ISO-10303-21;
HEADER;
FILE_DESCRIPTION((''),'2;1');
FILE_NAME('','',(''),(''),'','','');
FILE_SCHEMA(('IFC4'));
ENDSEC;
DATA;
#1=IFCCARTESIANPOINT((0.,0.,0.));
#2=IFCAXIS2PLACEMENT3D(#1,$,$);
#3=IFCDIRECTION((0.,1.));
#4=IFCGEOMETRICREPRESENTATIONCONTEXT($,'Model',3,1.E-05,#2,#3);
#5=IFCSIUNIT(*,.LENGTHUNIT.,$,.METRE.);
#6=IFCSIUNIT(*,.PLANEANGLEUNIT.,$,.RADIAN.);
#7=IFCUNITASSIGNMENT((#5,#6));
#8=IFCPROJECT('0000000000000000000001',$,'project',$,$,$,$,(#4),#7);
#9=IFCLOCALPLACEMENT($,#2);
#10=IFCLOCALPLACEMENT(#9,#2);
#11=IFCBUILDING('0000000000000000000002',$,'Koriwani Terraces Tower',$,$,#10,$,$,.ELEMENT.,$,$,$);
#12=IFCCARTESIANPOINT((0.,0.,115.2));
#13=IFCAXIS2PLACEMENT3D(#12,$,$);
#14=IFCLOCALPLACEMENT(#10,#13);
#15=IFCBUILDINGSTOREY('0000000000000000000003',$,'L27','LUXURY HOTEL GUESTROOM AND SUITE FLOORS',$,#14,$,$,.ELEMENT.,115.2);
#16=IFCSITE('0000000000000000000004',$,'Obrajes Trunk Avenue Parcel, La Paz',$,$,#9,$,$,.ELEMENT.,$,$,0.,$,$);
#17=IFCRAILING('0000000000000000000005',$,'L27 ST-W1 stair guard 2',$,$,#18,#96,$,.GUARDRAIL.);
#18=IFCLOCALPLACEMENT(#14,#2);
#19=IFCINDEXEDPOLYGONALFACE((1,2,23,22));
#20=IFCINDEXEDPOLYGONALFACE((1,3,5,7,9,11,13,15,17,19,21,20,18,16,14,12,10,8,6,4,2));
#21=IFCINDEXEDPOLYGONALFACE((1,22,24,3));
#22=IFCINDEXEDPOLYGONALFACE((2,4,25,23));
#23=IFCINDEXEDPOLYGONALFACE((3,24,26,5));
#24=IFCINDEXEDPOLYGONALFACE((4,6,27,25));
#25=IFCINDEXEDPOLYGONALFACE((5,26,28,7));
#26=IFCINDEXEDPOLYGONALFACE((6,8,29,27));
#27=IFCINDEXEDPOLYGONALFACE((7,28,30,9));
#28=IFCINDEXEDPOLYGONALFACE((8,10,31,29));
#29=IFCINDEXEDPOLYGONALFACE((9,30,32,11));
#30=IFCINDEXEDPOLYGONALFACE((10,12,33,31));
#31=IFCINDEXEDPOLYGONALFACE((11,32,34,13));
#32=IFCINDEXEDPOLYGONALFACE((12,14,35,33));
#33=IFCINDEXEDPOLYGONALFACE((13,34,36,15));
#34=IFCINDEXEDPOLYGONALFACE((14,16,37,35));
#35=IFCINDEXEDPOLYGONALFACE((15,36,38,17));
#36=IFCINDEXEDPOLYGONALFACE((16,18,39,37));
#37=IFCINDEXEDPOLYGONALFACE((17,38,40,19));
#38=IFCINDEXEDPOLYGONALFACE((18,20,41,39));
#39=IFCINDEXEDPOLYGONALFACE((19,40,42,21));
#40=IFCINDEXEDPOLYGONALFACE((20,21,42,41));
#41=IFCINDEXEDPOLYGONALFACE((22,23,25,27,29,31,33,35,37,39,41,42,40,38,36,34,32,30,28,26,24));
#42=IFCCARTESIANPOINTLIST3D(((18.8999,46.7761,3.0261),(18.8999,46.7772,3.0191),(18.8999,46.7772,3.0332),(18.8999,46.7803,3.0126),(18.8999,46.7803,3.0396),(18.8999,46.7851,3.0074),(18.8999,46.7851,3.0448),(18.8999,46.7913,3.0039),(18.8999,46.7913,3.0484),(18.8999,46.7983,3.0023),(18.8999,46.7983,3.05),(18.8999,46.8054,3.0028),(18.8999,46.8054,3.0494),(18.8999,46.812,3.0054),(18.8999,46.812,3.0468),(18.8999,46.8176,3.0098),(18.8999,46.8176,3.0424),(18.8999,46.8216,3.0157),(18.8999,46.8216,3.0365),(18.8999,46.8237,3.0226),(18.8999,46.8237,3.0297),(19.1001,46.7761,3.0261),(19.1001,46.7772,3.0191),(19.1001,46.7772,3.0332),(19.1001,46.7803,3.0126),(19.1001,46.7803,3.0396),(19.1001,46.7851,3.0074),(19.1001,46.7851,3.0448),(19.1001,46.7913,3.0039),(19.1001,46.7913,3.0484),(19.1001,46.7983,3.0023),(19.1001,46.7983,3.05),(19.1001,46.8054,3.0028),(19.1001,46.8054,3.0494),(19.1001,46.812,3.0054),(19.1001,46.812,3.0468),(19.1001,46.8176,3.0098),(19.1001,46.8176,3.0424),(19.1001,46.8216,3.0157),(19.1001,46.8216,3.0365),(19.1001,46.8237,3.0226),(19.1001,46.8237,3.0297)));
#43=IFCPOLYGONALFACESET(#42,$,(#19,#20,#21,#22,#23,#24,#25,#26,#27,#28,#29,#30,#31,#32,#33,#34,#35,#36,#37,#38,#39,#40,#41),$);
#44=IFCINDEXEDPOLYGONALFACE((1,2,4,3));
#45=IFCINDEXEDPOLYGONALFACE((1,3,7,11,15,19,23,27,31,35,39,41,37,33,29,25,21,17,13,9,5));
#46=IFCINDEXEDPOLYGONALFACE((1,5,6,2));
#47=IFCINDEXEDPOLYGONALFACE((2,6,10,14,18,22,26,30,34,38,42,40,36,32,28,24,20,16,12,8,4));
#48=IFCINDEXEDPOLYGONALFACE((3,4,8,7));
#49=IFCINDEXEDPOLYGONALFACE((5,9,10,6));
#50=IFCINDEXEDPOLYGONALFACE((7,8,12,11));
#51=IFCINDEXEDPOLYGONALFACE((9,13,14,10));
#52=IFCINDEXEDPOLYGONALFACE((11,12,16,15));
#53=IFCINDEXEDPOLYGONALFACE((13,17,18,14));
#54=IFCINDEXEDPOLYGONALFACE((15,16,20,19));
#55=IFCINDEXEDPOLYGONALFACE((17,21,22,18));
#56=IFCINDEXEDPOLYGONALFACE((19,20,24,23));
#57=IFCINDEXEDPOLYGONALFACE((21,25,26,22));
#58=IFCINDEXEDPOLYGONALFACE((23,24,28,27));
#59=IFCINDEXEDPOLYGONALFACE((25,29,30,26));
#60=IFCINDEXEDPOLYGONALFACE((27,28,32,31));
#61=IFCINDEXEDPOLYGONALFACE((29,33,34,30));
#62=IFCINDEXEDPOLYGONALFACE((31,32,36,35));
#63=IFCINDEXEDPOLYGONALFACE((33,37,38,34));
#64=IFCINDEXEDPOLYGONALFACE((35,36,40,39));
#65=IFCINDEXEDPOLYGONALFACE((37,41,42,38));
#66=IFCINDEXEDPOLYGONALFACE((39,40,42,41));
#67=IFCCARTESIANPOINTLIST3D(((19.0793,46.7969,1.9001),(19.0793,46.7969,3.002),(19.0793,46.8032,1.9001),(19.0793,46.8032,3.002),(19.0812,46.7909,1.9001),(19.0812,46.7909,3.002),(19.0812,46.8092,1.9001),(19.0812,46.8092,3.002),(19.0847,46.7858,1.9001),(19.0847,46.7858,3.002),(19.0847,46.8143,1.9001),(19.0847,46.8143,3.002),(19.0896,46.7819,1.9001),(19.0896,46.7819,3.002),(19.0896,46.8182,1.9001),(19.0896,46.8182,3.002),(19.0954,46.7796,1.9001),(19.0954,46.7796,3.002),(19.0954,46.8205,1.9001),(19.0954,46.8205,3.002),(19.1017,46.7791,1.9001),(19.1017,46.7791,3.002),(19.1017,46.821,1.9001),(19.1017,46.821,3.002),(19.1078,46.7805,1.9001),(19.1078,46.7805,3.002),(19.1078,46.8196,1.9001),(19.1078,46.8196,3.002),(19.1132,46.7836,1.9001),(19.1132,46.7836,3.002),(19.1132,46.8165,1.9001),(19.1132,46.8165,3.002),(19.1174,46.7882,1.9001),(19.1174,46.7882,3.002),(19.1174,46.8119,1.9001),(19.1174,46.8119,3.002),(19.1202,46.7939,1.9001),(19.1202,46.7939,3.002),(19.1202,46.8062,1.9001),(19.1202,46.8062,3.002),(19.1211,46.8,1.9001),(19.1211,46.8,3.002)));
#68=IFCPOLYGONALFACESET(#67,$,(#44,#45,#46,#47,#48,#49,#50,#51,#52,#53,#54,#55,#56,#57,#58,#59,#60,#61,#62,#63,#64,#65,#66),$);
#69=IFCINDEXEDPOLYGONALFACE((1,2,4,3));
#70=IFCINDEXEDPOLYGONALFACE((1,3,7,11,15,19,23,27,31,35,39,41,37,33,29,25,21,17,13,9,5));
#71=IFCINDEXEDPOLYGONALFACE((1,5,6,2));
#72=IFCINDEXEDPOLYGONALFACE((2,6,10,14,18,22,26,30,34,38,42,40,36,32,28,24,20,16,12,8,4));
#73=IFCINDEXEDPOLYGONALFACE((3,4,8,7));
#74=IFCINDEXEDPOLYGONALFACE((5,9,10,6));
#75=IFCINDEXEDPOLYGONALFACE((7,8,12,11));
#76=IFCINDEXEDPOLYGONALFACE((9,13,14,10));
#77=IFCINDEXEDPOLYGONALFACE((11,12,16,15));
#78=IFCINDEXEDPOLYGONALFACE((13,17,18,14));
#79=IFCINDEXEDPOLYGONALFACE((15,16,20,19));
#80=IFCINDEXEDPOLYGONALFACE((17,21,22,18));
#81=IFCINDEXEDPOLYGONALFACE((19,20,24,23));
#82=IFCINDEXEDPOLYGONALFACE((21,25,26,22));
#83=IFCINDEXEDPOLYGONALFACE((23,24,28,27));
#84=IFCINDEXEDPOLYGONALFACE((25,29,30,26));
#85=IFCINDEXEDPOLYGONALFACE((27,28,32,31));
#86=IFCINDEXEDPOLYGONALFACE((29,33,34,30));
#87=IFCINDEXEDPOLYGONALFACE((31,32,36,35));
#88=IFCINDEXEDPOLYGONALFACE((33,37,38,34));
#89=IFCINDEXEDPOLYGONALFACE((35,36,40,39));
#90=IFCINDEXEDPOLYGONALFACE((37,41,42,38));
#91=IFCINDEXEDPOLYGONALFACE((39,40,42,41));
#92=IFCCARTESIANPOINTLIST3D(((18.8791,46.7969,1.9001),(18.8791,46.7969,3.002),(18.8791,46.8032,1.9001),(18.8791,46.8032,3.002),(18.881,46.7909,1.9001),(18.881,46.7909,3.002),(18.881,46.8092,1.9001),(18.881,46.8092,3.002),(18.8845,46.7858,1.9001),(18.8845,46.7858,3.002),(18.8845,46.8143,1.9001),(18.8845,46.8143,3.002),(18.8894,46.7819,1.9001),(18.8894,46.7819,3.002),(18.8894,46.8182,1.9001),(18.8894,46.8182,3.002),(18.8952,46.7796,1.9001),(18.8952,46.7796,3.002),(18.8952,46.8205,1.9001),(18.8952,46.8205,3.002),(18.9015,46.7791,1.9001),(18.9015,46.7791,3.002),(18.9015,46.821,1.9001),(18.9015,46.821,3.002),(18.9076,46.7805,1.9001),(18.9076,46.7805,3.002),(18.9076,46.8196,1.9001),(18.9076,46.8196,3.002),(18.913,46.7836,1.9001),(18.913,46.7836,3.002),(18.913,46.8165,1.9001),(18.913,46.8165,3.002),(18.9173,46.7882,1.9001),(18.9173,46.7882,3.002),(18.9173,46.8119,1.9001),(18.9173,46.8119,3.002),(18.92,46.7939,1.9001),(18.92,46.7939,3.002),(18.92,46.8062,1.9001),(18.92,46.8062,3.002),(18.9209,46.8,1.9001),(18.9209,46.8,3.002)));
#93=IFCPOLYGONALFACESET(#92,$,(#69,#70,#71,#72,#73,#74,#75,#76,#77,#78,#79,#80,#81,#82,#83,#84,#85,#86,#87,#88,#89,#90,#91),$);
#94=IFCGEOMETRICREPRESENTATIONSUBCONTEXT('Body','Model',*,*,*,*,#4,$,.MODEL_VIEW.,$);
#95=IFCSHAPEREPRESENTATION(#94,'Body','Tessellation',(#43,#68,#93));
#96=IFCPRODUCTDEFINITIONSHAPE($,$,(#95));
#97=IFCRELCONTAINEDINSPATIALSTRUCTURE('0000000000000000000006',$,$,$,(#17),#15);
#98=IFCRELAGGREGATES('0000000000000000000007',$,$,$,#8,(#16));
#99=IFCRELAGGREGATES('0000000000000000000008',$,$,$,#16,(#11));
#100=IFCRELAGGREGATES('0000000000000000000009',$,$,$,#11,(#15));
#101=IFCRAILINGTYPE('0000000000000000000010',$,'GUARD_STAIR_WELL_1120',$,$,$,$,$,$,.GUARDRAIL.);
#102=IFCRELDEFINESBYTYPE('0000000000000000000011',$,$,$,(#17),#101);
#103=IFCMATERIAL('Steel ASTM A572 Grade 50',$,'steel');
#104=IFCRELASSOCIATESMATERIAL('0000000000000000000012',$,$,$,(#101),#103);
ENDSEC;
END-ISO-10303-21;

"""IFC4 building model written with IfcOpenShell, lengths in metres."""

from ifc_helpers import new_model, si_unit, direction, frame, origin, origin_2d, place, context, subcontext, project, spatial, circle, extrude, material, type_object, element, save


model = new_model("IFC4")

# Units and contexts
model_context = context("Model", 3, precision=1e-05, world=origin(), true_north=direction((0.0, 1.0)))
body_context = subcontext(model_context, "Body", "Model", "MODEL_VIEW")
ifc_project = project(units=[si_unit("LENGTHUNIT", "METRE"), si_unit("PLANEANGLEUNIT", "RADIAN")], contexts=[model_context])

# Site, building, storey
site_placement = place(None, origin())
site = spatial("IfcSite", under=ifc_project, at=site_placement, Name="Obrajes Trunk Avenue Parcel, La Paz", CompositionType="ELEMENT", RefElevation=0.0)
building_placement = place(site_placement, origin())
building = spatial("IfcBuilding", under=site, at=building_placement, Name="Koriwani Terraces Tower", CompositionType="ELEMENT")
storey_placement = place(building_placement, frame((0.0, 0.0, 115.2)))
storey = spatial("IfcBuildingStorey", under=building, at=storey_placement, Name="L27", Description="LUXURY HOTEL GUESTROOM AND SUITE FLOORS", CompositionType="ELEMENT", Elevation=115.2)

# Shared definitions
ifc_material_1 = material(Name="Steel ASTM A572 Grade 50", Category="steel")

# Railing
railing_type_1 = type_object("IfcRailingType", Name="GUARD_STAIR_WELL_1120", PredefinedType="GUARDRAIL", material=ifc_material_1)
railing_1_placement = place(storey_placement, frame((19.1001, 46.8, 1.9001)))
element("IfcRailing", 1, at=railing_1_placement, inside=storey, type_object=railing_type_1, Name="L27 ST-W1 stair guard 2", PredefinedType="GUARDRAIL", context=body_context, shape_type="SweptSolid", body=[
    extrude(circle(Radius=0.0239, at=origin_2d()), frame((0.0, 0.0, 1.126), z_axis=(-1.0, 0.0, 0.0), x_axis=(0.0, -1.0, 0.0)), (0.0, 0.0, 1.0), 0.2002),
    extrude(circle(Radius=0.021, at=origin_2d()), origin(), (0.0, 0.0, 1.0), 1.1018),
    extrude(circle(Radius=0.021, at=origin_2d()), frame((-0.2002, 0.0, 0.0)), (0.0, 0.0, 1.0), 1.1018),
])

save(model, "model.ifc")
